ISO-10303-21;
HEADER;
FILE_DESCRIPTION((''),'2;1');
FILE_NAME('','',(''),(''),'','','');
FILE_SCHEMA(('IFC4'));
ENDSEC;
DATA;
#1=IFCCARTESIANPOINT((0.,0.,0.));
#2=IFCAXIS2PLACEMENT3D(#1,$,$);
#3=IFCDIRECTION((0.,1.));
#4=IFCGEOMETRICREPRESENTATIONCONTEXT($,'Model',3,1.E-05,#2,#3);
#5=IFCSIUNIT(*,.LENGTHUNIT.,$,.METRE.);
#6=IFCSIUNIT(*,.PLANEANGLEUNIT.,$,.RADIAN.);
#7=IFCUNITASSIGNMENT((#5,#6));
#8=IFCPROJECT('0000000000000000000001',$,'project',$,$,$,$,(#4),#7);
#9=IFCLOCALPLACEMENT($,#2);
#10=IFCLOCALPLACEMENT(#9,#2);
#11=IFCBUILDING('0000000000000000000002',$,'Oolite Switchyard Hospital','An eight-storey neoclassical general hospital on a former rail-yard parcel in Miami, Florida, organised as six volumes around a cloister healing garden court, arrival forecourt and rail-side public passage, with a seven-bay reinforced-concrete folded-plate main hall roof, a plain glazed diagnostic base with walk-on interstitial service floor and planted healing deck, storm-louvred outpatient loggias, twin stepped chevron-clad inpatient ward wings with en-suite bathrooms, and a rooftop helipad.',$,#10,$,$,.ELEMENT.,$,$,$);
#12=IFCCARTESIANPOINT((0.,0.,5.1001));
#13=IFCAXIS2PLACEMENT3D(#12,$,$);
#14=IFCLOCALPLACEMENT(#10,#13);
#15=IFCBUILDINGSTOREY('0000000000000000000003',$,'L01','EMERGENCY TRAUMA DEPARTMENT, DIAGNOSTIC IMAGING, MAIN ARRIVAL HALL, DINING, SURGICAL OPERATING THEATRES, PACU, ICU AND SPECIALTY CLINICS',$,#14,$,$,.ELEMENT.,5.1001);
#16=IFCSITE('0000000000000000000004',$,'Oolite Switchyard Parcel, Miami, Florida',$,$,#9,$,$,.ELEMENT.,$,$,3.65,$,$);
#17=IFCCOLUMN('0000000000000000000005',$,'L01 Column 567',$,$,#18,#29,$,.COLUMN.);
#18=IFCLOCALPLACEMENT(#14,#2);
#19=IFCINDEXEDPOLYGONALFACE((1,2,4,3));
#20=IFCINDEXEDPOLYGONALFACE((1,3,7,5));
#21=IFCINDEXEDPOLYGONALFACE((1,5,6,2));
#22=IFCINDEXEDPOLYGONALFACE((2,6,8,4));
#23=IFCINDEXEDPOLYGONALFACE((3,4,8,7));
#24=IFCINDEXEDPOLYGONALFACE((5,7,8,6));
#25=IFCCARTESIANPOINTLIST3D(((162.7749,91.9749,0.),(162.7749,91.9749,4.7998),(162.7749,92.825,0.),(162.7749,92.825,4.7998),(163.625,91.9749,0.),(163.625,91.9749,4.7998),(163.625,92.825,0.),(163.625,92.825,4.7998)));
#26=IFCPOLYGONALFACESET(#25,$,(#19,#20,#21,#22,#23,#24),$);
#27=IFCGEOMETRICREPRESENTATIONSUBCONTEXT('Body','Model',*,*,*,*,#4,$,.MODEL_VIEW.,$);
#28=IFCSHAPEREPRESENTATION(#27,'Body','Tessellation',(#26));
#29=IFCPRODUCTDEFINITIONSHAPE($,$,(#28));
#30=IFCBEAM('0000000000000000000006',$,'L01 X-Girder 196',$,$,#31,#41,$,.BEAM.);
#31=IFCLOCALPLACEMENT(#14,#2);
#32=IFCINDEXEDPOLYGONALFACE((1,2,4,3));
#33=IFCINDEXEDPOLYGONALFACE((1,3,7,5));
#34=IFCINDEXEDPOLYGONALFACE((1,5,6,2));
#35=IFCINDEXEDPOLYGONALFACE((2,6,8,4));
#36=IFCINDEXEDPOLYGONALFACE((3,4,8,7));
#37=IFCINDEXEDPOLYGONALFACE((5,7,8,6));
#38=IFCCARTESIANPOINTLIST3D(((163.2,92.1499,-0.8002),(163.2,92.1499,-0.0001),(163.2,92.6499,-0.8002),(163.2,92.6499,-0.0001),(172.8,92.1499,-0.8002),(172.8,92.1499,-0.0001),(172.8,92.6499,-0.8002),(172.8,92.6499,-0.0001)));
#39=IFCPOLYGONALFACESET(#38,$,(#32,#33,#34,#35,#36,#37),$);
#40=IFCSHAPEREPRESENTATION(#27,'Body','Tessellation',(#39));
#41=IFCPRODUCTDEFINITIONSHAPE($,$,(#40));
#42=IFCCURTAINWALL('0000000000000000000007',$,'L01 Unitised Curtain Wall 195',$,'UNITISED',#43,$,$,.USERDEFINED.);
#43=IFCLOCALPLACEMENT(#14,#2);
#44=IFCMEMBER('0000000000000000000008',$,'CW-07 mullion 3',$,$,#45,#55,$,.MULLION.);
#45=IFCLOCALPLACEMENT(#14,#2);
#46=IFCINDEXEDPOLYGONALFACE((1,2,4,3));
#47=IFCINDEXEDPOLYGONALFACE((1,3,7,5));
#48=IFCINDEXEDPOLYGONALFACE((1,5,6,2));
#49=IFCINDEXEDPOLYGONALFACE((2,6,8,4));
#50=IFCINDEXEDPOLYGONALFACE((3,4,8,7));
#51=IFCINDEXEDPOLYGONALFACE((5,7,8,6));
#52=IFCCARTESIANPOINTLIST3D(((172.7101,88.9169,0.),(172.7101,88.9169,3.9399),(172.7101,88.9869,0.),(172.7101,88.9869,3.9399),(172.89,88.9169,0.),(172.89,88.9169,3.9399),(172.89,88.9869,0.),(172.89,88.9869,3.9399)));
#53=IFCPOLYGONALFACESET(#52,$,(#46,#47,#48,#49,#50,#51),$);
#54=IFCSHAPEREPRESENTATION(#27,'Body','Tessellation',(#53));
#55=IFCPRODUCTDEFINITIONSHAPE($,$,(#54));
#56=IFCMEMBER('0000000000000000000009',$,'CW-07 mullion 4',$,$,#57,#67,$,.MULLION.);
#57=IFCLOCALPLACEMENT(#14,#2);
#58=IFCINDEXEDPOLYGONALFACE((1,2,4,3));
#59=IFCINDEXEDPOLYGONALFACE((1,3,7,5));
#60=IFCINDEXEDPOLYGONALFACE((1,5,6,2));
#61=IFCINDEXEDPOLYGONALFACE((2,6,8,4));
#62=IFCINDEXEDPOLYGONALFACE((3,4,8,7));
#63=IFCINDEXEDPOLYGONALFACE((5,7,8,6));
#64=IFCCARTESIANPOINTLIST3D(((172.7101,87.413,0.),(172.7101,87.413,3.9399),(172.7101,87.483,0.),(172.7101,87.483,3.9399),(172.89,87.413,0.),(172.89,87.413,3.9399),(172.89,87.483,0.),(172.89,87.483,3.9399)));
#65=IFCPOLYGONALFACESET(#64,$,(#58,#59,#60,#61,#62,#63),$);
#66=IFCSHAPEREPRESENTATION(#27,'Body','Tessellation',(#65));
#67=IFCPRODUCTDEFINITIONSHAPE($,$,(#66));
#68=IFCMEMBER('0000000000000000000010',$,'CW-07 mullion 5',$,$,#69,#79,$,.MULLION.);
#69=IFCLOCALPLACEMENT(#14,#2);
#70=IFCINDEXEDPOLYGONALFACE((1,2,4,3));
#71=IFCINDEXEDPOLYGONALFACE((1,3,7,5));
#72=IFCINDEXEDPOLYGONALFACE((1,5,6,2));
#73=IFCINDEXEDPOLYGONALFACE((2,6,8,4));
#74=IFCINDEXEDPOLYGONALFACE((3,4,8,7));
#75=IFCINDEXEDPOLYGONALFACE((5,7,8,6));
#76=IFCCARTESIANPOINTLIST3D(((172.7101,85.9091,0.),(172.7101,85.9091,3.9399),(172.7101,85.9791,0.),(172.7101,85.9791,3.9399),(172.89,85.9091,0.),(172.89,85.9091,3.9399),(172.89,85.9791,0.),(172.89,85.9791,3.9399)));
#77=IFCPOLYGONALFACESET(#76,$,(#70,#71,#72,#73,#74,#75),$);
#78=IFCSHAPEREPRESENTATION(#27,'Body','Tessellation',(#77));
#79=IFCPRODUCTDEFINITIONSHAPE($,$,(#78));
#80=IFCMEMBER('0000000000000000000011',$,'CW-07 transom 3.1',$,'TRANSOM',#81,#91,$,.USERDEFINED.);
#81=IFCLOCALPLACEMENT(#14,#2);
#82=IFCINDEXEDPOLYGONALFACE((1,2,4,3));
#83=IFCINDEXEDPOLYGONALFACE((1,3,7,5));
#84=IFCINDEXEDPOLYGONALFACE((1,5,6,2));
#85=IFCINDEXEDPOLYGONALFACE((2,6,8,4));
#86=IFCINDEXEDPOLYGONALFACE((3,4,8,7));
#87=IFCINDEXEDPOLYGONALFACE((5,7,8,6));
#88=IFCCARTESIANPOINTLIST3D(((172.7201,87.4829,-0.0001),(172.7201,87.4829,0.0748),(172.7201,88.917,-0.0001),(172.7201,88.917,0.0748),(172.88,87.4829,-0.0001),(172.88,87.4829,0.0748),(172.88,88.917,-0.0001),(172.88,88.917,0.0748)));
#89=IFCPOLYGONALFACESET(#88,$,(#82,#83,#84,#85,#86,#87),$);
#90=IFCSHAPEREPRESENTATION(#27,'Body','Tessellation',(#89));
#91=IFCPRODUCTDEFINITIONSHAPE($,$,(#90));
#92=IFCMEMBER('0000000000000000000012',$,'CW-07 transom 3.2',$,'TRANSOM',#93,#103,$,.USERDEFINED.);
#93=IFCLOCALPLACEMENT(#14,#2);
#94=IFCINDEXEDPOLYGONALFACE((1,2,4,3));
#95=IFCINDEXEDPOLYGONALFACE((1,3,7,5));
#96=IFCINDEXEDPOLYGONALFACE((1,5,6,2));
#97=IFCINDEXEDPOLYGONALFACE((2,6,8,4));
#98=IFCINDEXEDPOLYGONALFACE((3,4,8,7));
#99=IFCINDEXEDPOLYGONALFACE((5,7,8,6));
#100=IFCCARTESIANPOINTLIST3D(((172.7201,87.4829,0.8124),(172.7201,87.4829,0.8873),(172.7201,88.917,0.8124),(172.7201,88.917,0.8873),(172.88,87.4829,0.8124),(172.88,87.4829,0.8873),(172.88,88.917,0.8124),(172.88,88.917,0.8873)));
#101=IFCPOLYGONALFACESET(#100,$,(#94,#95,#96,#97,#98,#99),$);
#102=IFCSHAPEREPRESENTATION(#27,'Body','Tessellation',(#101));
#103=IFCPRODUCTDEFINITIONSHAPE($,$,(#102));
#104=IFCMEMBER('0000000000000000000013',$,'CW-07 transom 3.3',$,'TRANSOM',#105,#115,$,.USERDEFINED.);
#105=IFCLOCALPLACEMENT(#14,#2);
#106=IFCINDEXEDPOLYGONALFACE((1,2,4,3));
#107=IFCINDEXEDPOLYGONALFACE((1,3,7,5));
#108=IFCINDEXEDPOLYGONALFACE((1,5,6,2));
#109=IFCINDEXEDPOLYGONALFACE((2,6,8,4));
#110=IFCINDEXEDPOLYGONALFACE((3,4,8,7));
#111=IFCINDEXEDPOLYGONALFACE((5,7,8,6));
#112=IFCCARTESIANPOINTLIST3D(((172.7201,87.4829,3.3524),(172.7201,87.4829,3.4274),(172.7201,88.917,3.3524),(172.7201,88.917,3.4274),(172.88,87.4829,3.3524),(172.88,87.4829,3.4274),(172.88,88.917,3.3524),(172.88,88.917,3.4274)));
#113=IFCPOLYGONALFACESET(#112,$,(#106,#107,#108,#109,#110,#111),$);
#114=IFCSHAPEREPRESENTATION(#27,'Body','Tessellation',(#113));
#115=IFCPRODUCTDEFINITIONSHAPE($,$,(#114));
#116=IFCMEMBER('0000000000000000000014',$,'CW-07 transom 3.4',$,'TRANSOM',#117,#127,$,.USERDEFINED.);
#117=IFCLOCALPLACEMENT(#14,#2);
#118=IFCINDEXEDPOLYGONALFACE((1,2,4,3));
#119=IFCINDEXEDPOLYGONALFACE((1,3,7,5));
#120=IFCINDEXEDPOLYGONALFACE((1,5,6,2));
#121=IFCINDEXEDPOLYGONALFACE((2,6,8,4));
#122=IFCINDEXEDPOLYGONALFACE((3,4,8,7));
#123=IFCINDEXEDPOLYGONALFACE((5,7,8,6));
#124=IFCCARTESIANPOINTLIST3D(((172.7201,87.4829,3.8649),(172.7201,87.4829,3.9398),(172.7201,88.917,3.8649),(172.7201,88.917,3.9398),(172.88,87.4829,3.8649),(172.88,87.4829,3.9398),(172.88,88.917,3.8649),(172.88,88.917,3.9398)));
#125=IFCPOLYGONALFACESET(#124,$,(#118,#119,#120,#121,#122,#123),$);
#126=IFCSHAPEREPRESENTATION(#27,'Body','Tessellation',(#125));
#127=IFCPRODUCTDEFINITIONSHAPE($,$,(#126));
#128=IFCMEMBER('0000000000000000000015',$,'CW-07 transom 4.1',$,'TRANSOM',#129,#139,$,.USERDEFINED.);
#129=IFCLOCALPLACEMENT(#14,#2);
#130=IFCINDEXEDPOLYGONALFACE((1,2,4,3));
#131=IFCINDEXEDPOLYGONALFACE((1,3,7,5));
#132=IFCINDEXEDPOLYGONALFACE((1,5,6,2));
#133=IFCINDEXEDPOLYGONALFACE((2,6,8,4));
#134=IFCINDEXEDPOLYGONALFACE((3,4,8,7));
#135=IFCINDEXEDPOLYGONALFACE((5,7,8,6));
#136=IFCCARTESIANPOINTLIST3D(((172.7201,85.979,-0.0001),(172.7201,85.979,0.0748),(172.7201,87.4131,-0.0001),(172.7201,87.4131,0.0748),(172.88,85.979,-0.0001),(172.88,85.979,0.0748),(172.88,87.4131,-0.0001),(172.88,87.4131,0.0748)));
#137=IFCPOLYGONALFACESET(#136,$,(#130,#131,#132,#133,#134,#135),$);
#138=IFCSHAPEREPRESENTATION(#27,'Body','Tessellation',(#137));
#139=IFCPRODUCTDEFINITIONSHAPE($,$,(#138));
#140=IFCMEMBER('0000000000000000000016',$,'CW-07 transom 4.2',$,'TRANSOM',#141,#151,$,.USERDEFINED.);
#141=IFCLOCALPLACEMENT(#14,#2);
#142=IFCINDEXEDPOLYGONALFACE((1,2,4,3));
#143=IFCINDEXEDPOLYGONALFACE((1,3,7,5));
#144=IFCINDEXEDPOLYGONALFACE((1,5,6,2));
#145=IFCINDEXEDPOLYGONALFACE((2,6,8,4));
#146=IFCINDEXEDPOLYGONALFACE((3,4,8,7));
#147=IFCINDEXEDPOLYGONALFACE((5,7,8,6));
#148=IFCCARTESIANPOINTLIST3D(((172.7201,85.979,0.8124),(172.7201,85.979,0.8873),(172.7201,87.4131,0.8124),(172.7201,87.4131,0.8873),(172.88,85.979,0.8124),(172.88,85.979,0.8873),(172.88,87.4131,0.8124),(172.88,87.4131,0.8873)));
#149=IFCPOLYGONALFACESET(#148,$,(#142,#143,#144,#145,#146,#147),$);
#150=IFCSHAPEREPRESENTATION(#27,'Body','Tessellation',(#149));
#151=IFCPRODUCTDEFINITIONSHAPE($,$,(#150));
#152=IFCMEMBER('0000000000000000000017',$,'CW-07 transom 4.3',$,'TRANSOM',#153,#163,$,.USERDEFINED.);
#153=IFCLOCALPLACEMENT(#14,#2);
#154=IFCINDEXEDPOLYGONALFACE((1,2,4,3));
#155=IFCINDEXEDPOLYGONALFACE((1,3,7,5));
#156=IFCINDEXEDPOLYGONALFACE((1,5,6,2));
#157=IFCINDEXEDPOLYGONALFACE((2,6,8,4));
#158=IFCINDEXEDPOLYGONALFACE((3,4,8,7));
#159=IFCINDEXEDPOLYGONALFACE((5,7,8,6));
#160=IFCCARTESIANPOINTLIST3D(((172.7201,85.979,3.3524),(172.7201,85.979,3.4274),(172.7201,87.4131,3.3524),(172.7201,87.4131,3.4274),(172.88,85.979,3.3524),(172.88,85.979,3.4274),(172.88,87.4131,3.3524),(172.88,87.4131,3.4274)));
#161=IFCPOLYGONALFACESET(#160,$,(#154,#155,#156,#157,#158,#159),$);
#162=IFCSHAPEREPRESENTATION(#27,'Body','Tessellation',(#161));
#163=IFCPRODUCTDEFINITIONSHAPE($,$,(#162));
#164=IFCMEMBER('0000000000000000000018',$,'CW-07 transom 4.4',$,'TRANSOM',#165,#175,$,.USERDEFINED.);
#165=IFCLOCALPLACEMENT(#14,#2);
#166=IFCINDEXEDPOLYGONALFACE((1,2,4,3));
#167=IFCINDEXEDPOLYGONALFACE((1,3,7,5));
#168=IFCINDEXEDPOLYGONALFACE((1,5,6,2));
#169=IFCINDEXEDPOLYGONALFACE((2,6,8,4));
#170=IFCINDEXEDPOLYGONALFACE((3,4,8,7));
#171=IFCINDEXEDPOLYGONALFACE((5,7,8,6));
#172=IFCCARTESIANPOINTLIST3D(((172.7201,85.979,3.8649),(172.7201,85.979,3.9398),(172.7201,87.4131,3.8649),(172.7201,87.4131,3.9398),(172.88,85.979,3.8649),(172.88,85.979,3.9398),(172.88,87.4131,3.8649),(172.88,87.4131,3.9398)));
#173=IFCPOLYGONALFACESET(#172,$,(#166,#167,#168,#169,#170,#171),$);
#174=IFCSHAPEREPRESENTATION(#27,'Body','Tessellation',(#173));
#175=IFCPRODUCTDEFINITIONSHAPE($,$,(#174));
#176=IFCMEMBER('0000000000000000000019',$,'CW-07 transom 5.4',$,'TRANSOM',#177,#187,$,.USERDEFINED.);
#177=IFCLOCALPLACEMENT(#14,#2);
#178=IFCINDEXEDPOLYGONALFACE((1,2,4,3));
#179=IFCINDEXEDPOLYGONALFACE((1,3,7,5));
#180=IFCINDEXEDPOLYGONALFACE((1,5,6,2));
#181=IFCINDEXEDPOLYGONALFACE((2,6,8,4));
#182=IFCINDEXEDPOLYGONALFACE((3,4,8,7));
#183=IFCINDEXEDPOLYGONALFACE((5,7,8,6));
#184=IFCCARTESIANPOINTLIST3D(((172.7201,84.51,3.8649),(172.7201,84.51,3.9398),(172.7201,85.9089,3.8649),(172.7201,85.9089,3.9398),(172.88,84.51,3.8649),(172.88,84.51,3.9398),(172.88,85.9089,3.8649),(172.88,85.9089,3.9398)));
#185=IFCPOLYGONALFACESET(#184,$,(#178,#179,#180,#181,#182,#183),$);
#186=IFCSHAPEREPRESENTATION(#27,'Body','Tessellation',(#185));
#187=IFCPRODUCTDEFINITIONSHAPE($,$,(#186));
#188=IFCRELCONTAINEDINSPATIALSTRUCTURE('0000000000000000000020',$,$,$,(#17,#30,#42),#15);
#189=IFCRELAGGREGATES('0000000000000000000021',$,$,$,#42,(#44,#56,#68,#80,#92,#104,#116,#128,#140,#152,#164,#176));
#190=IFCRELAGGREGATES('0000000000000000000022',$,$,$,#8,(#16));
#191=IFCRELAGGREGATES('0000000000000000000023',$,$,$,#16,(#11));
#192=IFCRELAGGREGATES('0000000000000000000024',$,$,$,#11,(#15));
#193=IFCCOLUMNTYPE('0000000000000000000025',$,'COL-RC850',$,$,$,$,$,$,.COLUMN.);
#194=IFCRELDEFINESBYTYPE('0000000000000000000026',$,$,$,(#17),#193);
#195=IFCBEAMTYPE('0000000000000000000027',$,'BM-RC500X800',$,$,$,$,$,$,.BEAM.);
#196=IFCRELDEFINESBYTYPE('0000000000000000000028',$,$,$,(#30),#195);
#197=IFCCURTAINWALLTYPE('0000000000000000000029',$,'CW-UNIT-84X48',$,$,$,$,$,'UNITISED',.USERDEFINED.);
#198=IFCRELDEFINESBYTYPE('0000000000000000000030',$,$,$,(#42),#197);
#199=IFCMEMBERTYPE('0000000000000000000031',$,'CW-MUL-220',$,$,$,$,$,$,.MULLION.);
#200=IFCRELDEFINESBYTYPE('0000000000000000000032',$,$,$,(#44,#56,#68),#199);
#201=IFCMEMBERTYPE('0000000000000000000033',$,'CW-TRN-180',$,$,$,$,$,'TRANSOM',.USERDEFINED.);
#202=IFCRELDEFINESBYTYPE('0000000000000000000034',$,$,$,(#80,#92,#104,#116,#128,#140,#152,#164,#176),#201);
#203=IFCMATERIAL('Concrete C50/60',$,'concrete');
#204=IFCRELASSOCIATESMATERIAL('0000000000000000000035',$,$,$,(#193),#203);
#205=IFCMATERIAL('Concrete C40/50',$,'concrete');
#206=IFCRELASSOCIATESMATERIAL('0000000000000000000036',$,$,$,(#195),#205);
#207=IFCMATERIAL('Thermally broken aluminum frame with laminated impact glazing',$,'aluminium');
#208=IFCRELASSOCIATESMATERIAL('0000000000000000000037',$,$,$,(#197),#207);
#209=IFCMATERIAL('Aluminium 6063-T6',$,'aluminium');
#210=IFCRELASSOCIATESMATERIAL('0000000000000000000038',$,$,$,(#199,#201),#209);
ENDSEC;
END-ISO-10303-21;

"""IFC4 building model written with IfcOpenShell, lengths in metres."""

from ifc_helpers import new_model, si_unit, direction, frame, origin, origin_2d, place, context, subcontext, project, spatial, rectangle, extrude, material, material_profile, profile_set, type_object, element, aggregate, save


model = new_model("IFC4")

# Units and contexts
model_context = context("Model", 3, precision=1e-05, world=origin(), true_north=direction((0.0, 1.0)))
body_context = subcontext(model_context, "Body", "Model", "MODEL_VIEW")
ifc_project = project(units=[si_unit("LENGTHUNIT", "METRE"), si_unit("PLANEANGLEUNIT", "RADIAN")], contexts=[model_context])

# Site, building, storey
site_placement = place(None, origin())
site = spatial("IfcSite", under=ifc_project, at=site_placement, Name="Oolite Switchyard Parcel, Miami, Florida", CompositionType="ELEMENT", RefElevation=3.65)
building_placement = place(site_placement, origin())
building = spatial("IfcBuilding", under=site, at=building_placement, Name="Oolite Switchyard Hospital", Description="An eight-storey neoclassical general hospital on a former rail-yard parcel in Miami, Florida, organised as six volumes around a cloister healing garden court, arrival forecourt and rail-side public passage, with a seven-bay reinforced-concrete folded-plate main hall roof, a plain glazed diagnostic base with walk-on interstitial service floor and planted healing deck, storm-louvred outpatient loggias, twin stepped chevron-clad inpatient ward wings with en-suite bathrooms, and a rooftop helipad.", CompositionType="ELEMENT")
storey_placement = place(building_placement, frame((0.0, 0.0, 5.1001)))
storey = spatial("IfcBuildingStorey", under=building, at=storey_placement, Name="L01", Description="EMERGENCY TRAUMA DEPARTMENT, DIAGNOSTIC IMAGING, MAIN ARRIVAL HALL, DINING, SURGICAL OPERATING THEATRES, PACU, ICU AND SPECIALTY CLINICS", CompositionType="ELEMENT", Elevation=5.1001)

# Column
ifc_material_1 = material(Name="Concrete C50/60", Category="concrete")
ifc_material_profile_1 = material_profile(ifc_material_1, rectangle(XDim=0.8501, YDim=0.8501, at=origin_2d()), Name="RC850X850")
ifc_profile_set_1 = profile_set([ifc_material_profile_1], Name="Concrete C50/60")
column_type = type_object("IfcColumnType", Name="COL-RC850", PredefinedType="COLUMN", material=ifc_profile_set_1)
column_placement = place(storey_placement, frame((163.2, 92.3999, 0.0), z_axis=(0.0, 0.0, 1.0), x_axis=(1.0, 0.0, 0.0)))
element("IfcColumn", 1, at=column_placement, inside=storey, type_object=column_type, Name="L01 Column 567", PredefinedType="COLUMN", context=body_context, shape_type="SweptSolid", body=[
    extrude(rectangle(XDim=0.8501, YDim=0.8501, at=origin_2d()), origin(), (0.0, 0.0, 1.0), 4.7998),
])

# Beam
ifc_material_2 = material(Name="Concrete C40/50", Category="concrete")
ifc_material_profile_2 = material_profile(ifc_material_2, rectangle(XDim=0.5, YDim=0.8, at=origin_2d()), Name="RCB500X800")
ifc_profile_set_2 = profile_set([ifc_material_profile_2], Name="Concrete C40/50")
beam_type = type_object("IfcBeamType", Name="BM-RC500X800", PredefinedType="BEAM", material=ifc_profile_set_2)
beam_placement = place(storey_placement, frame((163.2, 92.3999, -0.4001), z_axis=(1.0, 0.0, 0.0), x_axis=(0.0, 1.0, 0.0)))
element("IfcBeam", 2, at=beam_placement, inside=storey, type_object=beam_type, Name="L01 X-Girder 196", PredefinedType="BEAM", context=body_context, shape_type="SweptSolid", body=[
    extrude(rectangle(XDim=0.5, YDim=0.8, at=origin_2d()), origin(), (0.0, 0.0, 1.0), 9.6001),
])

# Curtain wall, members
ifc_material_3 = material(Name="Thermally broken aluminum frame with laminated impact glazing", Category="aluminium")
curtain_wall_type = type_object("IfcCurtainWallType", Name="CW-UNIT-84X48", ElementType="UNITISED", PredefinedType="USERDEFINED", material=ifc_material_3)
curtain_wall_placement = place(storey_placement, origin())
curtain_wall = element("IfcCurtainWall", 3, at=curtain_wall_placement, inside=storey, type_object=curtain_wall_type, Name="L01 Unitised Curtain Wall 195", ObjectType="UNITISED", PredefinedType="USERDEFINED")
ifc_material_4 = material(Name="Aluminium 6063-T6", Category="aluminium")
ifc_material_profile_3 = material_profile(ifc_material_4, rectangle(XDim=0.1799, YDim=0.0701, at=origin_2d()), Name="CWM70X180")
ifc_profile_set_3 = profile_set([ifc_material_profile_3], Name="Aluminium 6063-T6")
member_type_1 = type_object("IfcMemberType", Name="CW-MUL-220", PredefinedType="MULLION", material=ifc_profile_set_3)
member_1_placement = place(storey_placement, frame((172.8, 88.9519, 0.0), z_axis=(0.0, 0.0, 1.0), x_axis=(1.0, 0.0, 0.0)))
member_1 = element("IfcMember", 4, at=member_1_placement, type_object=member_type_1, Name="CW-07 mullion 3", PredefinedType="MULLION", context=body_context, shape_type="SweptSolid", body=[
    extrude(rectangle(XDim=0.1799, YDim=0.0701, at=origin_2d()), origin(), (0.0, 0.0, 1.0), 3.9399),
])
member_2_placement = place(storey_placement, frame((172.8, 87.448, 0.0), z_axis=(0.0, 0.0, 1.0), x_axis=(1.0, 0.0, 0.0)))
member_2 = element("IfcMember", 5, at=member_2_placement, type_object=member_type_1, Name="CW-07 mullion 4", PredefinedType="MULLION", context=body_context, shape_type="SweptSolid", body=[
    extrude(rectangle(XDim=0.1799, YDim=0.0701, at=origin_2d()), origin(), (0.0, 0.0, 1.0), 3.9399),
])
member_3_placement = place(storey_placement, frame((172.8, 85.9441, 0.0), z_axis=(0.0, 0.0, 1.0), x_axis=(1.0, 0.0, 0.0)))
member_3 = element("IfcMember", 6, at=member_3_placement, type_object=member_type_1, Name="CW-07 mullion 5", PredefinedType="MULLION", context=body_context, shape_type="SweptSolid", body=[
    extrude(rectangle(XDim=0.1799, YDim=0.0701, at=origin_2d()), origin(), (0.0, 0.0, 1.0), 3.9399),
])
ifc_material_profile_4 = material_profile(ifc_material_4, rectangle(XDim=0.1599, YDim=0.075, at=origin_2d()), Name="CWT75X160")
ifc_profile_set_4 = profile_set([ifc_material_profile_4], Name="Aluminium 6063-T6")
member_type_2 = type_object("IfcMemberType", Name="CW-TRN-180", ElementType="TRANSOM", PredefinedType="USERDEFINED", material=ifc_profile_set_4)
member_4_placement = place(storey_placement, frame((172.8, 88.917, 0.0374), z_axis=(0.0, -1.0, 0.0), x_axis=(1.0, 0.0, 0.0)))
member_4 = element("IfcMember", 7, at=member_4_placement, type_object=member_type_2, Name="CW-07 transom 3.1", ObjectType="TRANSOM", PredefinedType="USERDEFINED", context=body_context, shape_type="SweptSolid", body=[
    extrude(rectangle(XDim=0.1599, YDim=0.075, at=origin_2d()), origin(), (0.0, 0.0, 1.0), 1.4341),
])
member_5_placement = place(storey_placement, frame((172.8, 88.917, 0.8499), z_axis=(0.0, -1.0, 0.0), x_axis=(1.0, 0.0, 0.0)))
member_5 = element("IfcMember", 8, at=member_5_placement, type_object=member_type_2, Name="CW-07 transom 3.2", ObjectType="TRANSOM", PredefinedType="USERDEFINED", context=body_context, shape_type="SweptSolid", body=[
    extrude(rectangle(XDim=0.1599, YDim=0.075, at=origin_2d()), origin(), (0.0, 0.0, 1.0), 1.4341),
])
member_6_placement = place(storey_placement, frame((172.8, 88.917, 3.3899), z_axis=(0.0, -1.0, 0.0), x_axis=(1.0, 0.0, 0.0)))
member_6 = element("IfcMember", 9, at=member_6_placement, type_object=member_type_2, Name="CW-07 transom 3.3", ObjectType="TRANSOM", PredefinedType="USERDEFINED", context=body_context, shape_type="SweptSolid", body=[
    extrude(rectangle(XDim=0.1599, YDim=0.075, at=origin_2d()), origin(), (0.0, 0.0, 1.0), 1.4341),
])
member_7_placement = place(storey_placement, frame((172.8, 88.917, 3.9023), z_axis=(0.0, -1.0, 0.0), x_axis=(1.0, 0.0, 0.0)))
member_7 = element("IfcMember", 10, at=member_7_placement, type_object=member_type_2, Name="CW-07 transom 3.4", ObjectType="TRANSOM", PredefinedType="USERDEFINED", context=body_context, shape_type="SweptSolid", body=[
    extrude(rectangle(XDim=0.1599, YDim=0.075, at=origin_2d()), origin(), (0.0, 0.0, 1.0), 1.4341),
])
member_8_placement = place(storey_placement, frame((172.8, 87.4131, 0.0374), z_axis=(0.0, -1.0, 0.0), x_axis=(1.0, 0.0, 0.0)))
member_8 = element("IfcMember", 11, at=member_8_placement, type_object=member_type_2, Name="CW-07 transom 4.1", ObjectType="TRANSOM", PredefinedType="USERDEFINED", context=body_context, shape_type="SweptSolid", body=[
    extrude(rectangle(XDim=0.1599, YDim=0.075, at=origin_2d()), origin(), (0.0, 0.0, 1.0), 1.4341),
])
member_9_placement = place(storey_placement, frame((172.8, 87.4131, 0.8499), z_axis=(0.0, -1.0, 0.0), x_axis=(1.0, 0.0, 0.0)))
member_9 = element("IfcMember", 12, at=member_9_placement, type_object=member_type_2, Name="CW-07 transom 4.2", ObjectType="TRANSOM", PredefinedType="USERDEFINED", context=body_context, shape_type="SweptSolid", body=[
    extrude(rectangle(XDim=0.1599, YDim=0.075, at=origin_2d()), origin(), (0.0, 0.0, 1.0), 1.4341),
])
member_10_placement = place(storey_placement, frame((172.8, 87.4131, 3.3899), z_axis=(0.0, -1.0, 0.0), x_axis=(1.0, 0.0, 0.0)))
member_10 = element("IfcMember", 13, at=member_10_placement, type_object=member_type_2, Name="CW-07 transom 4.3", ObjectType="TRANSOM", PredefinedType="USERDEFINED", context=body_context, shape_type="SweptSolid", body=[
    extrude(rectangle(XDim=0.1599, YDim=0.075, at=origin_2d()), origin(), (0.0, 0.0, 1.0), 1.4341),
])
member_11_placement = place(storey_placement, frame((172.8, 87.4131, 3.9023), z_axis=(0.0, -1.0, 0.0), x_axis=(1.0, 0.0, 0.0)))
member_11 = element("IfcMember", 14, at=member_11_placement, type_object=member_type_2, Name="CW-07 transom 4.4", ObjectType="TRANSOM", PredefinedType="USERDEFINED", context=body_context, shape_type="SweptSolid", body=[
    extrude(rectangle(XDim=0.1599, YDim=0.075, at=origin_2d()), origin(), (0.0, 0.0, 1.0), 1.4341),
])
member_12_placement = place(storey_placement, frame((172.8, 85.9089, 3.9023), z_axis=(0.0, -1.0, 0.0), x_axis=(1.0, 0.0, 0.0)))
member_12 = element("IfcMember", 15, at=member_12_placement, type_object=member_type_2, Name="CW-07 transom 5.4", ObjectType="TRANSOM", PredefinedType="USERDEFINED", context=body_context, shape_type="SweptSolid", body=[
    extrude(rectangle(XDim=0.1599, YDim=0.075, at=origin_2d()), origin(), (0.0, 0.0, 1.0), 1.3989),
])
aggregate(curtain_wall, [member_1, member_2, member_3, member_4, member_5, member_6, member_7, member_8, member_9, member_10, member_11, member_12])

save(model, "model.ifc")
